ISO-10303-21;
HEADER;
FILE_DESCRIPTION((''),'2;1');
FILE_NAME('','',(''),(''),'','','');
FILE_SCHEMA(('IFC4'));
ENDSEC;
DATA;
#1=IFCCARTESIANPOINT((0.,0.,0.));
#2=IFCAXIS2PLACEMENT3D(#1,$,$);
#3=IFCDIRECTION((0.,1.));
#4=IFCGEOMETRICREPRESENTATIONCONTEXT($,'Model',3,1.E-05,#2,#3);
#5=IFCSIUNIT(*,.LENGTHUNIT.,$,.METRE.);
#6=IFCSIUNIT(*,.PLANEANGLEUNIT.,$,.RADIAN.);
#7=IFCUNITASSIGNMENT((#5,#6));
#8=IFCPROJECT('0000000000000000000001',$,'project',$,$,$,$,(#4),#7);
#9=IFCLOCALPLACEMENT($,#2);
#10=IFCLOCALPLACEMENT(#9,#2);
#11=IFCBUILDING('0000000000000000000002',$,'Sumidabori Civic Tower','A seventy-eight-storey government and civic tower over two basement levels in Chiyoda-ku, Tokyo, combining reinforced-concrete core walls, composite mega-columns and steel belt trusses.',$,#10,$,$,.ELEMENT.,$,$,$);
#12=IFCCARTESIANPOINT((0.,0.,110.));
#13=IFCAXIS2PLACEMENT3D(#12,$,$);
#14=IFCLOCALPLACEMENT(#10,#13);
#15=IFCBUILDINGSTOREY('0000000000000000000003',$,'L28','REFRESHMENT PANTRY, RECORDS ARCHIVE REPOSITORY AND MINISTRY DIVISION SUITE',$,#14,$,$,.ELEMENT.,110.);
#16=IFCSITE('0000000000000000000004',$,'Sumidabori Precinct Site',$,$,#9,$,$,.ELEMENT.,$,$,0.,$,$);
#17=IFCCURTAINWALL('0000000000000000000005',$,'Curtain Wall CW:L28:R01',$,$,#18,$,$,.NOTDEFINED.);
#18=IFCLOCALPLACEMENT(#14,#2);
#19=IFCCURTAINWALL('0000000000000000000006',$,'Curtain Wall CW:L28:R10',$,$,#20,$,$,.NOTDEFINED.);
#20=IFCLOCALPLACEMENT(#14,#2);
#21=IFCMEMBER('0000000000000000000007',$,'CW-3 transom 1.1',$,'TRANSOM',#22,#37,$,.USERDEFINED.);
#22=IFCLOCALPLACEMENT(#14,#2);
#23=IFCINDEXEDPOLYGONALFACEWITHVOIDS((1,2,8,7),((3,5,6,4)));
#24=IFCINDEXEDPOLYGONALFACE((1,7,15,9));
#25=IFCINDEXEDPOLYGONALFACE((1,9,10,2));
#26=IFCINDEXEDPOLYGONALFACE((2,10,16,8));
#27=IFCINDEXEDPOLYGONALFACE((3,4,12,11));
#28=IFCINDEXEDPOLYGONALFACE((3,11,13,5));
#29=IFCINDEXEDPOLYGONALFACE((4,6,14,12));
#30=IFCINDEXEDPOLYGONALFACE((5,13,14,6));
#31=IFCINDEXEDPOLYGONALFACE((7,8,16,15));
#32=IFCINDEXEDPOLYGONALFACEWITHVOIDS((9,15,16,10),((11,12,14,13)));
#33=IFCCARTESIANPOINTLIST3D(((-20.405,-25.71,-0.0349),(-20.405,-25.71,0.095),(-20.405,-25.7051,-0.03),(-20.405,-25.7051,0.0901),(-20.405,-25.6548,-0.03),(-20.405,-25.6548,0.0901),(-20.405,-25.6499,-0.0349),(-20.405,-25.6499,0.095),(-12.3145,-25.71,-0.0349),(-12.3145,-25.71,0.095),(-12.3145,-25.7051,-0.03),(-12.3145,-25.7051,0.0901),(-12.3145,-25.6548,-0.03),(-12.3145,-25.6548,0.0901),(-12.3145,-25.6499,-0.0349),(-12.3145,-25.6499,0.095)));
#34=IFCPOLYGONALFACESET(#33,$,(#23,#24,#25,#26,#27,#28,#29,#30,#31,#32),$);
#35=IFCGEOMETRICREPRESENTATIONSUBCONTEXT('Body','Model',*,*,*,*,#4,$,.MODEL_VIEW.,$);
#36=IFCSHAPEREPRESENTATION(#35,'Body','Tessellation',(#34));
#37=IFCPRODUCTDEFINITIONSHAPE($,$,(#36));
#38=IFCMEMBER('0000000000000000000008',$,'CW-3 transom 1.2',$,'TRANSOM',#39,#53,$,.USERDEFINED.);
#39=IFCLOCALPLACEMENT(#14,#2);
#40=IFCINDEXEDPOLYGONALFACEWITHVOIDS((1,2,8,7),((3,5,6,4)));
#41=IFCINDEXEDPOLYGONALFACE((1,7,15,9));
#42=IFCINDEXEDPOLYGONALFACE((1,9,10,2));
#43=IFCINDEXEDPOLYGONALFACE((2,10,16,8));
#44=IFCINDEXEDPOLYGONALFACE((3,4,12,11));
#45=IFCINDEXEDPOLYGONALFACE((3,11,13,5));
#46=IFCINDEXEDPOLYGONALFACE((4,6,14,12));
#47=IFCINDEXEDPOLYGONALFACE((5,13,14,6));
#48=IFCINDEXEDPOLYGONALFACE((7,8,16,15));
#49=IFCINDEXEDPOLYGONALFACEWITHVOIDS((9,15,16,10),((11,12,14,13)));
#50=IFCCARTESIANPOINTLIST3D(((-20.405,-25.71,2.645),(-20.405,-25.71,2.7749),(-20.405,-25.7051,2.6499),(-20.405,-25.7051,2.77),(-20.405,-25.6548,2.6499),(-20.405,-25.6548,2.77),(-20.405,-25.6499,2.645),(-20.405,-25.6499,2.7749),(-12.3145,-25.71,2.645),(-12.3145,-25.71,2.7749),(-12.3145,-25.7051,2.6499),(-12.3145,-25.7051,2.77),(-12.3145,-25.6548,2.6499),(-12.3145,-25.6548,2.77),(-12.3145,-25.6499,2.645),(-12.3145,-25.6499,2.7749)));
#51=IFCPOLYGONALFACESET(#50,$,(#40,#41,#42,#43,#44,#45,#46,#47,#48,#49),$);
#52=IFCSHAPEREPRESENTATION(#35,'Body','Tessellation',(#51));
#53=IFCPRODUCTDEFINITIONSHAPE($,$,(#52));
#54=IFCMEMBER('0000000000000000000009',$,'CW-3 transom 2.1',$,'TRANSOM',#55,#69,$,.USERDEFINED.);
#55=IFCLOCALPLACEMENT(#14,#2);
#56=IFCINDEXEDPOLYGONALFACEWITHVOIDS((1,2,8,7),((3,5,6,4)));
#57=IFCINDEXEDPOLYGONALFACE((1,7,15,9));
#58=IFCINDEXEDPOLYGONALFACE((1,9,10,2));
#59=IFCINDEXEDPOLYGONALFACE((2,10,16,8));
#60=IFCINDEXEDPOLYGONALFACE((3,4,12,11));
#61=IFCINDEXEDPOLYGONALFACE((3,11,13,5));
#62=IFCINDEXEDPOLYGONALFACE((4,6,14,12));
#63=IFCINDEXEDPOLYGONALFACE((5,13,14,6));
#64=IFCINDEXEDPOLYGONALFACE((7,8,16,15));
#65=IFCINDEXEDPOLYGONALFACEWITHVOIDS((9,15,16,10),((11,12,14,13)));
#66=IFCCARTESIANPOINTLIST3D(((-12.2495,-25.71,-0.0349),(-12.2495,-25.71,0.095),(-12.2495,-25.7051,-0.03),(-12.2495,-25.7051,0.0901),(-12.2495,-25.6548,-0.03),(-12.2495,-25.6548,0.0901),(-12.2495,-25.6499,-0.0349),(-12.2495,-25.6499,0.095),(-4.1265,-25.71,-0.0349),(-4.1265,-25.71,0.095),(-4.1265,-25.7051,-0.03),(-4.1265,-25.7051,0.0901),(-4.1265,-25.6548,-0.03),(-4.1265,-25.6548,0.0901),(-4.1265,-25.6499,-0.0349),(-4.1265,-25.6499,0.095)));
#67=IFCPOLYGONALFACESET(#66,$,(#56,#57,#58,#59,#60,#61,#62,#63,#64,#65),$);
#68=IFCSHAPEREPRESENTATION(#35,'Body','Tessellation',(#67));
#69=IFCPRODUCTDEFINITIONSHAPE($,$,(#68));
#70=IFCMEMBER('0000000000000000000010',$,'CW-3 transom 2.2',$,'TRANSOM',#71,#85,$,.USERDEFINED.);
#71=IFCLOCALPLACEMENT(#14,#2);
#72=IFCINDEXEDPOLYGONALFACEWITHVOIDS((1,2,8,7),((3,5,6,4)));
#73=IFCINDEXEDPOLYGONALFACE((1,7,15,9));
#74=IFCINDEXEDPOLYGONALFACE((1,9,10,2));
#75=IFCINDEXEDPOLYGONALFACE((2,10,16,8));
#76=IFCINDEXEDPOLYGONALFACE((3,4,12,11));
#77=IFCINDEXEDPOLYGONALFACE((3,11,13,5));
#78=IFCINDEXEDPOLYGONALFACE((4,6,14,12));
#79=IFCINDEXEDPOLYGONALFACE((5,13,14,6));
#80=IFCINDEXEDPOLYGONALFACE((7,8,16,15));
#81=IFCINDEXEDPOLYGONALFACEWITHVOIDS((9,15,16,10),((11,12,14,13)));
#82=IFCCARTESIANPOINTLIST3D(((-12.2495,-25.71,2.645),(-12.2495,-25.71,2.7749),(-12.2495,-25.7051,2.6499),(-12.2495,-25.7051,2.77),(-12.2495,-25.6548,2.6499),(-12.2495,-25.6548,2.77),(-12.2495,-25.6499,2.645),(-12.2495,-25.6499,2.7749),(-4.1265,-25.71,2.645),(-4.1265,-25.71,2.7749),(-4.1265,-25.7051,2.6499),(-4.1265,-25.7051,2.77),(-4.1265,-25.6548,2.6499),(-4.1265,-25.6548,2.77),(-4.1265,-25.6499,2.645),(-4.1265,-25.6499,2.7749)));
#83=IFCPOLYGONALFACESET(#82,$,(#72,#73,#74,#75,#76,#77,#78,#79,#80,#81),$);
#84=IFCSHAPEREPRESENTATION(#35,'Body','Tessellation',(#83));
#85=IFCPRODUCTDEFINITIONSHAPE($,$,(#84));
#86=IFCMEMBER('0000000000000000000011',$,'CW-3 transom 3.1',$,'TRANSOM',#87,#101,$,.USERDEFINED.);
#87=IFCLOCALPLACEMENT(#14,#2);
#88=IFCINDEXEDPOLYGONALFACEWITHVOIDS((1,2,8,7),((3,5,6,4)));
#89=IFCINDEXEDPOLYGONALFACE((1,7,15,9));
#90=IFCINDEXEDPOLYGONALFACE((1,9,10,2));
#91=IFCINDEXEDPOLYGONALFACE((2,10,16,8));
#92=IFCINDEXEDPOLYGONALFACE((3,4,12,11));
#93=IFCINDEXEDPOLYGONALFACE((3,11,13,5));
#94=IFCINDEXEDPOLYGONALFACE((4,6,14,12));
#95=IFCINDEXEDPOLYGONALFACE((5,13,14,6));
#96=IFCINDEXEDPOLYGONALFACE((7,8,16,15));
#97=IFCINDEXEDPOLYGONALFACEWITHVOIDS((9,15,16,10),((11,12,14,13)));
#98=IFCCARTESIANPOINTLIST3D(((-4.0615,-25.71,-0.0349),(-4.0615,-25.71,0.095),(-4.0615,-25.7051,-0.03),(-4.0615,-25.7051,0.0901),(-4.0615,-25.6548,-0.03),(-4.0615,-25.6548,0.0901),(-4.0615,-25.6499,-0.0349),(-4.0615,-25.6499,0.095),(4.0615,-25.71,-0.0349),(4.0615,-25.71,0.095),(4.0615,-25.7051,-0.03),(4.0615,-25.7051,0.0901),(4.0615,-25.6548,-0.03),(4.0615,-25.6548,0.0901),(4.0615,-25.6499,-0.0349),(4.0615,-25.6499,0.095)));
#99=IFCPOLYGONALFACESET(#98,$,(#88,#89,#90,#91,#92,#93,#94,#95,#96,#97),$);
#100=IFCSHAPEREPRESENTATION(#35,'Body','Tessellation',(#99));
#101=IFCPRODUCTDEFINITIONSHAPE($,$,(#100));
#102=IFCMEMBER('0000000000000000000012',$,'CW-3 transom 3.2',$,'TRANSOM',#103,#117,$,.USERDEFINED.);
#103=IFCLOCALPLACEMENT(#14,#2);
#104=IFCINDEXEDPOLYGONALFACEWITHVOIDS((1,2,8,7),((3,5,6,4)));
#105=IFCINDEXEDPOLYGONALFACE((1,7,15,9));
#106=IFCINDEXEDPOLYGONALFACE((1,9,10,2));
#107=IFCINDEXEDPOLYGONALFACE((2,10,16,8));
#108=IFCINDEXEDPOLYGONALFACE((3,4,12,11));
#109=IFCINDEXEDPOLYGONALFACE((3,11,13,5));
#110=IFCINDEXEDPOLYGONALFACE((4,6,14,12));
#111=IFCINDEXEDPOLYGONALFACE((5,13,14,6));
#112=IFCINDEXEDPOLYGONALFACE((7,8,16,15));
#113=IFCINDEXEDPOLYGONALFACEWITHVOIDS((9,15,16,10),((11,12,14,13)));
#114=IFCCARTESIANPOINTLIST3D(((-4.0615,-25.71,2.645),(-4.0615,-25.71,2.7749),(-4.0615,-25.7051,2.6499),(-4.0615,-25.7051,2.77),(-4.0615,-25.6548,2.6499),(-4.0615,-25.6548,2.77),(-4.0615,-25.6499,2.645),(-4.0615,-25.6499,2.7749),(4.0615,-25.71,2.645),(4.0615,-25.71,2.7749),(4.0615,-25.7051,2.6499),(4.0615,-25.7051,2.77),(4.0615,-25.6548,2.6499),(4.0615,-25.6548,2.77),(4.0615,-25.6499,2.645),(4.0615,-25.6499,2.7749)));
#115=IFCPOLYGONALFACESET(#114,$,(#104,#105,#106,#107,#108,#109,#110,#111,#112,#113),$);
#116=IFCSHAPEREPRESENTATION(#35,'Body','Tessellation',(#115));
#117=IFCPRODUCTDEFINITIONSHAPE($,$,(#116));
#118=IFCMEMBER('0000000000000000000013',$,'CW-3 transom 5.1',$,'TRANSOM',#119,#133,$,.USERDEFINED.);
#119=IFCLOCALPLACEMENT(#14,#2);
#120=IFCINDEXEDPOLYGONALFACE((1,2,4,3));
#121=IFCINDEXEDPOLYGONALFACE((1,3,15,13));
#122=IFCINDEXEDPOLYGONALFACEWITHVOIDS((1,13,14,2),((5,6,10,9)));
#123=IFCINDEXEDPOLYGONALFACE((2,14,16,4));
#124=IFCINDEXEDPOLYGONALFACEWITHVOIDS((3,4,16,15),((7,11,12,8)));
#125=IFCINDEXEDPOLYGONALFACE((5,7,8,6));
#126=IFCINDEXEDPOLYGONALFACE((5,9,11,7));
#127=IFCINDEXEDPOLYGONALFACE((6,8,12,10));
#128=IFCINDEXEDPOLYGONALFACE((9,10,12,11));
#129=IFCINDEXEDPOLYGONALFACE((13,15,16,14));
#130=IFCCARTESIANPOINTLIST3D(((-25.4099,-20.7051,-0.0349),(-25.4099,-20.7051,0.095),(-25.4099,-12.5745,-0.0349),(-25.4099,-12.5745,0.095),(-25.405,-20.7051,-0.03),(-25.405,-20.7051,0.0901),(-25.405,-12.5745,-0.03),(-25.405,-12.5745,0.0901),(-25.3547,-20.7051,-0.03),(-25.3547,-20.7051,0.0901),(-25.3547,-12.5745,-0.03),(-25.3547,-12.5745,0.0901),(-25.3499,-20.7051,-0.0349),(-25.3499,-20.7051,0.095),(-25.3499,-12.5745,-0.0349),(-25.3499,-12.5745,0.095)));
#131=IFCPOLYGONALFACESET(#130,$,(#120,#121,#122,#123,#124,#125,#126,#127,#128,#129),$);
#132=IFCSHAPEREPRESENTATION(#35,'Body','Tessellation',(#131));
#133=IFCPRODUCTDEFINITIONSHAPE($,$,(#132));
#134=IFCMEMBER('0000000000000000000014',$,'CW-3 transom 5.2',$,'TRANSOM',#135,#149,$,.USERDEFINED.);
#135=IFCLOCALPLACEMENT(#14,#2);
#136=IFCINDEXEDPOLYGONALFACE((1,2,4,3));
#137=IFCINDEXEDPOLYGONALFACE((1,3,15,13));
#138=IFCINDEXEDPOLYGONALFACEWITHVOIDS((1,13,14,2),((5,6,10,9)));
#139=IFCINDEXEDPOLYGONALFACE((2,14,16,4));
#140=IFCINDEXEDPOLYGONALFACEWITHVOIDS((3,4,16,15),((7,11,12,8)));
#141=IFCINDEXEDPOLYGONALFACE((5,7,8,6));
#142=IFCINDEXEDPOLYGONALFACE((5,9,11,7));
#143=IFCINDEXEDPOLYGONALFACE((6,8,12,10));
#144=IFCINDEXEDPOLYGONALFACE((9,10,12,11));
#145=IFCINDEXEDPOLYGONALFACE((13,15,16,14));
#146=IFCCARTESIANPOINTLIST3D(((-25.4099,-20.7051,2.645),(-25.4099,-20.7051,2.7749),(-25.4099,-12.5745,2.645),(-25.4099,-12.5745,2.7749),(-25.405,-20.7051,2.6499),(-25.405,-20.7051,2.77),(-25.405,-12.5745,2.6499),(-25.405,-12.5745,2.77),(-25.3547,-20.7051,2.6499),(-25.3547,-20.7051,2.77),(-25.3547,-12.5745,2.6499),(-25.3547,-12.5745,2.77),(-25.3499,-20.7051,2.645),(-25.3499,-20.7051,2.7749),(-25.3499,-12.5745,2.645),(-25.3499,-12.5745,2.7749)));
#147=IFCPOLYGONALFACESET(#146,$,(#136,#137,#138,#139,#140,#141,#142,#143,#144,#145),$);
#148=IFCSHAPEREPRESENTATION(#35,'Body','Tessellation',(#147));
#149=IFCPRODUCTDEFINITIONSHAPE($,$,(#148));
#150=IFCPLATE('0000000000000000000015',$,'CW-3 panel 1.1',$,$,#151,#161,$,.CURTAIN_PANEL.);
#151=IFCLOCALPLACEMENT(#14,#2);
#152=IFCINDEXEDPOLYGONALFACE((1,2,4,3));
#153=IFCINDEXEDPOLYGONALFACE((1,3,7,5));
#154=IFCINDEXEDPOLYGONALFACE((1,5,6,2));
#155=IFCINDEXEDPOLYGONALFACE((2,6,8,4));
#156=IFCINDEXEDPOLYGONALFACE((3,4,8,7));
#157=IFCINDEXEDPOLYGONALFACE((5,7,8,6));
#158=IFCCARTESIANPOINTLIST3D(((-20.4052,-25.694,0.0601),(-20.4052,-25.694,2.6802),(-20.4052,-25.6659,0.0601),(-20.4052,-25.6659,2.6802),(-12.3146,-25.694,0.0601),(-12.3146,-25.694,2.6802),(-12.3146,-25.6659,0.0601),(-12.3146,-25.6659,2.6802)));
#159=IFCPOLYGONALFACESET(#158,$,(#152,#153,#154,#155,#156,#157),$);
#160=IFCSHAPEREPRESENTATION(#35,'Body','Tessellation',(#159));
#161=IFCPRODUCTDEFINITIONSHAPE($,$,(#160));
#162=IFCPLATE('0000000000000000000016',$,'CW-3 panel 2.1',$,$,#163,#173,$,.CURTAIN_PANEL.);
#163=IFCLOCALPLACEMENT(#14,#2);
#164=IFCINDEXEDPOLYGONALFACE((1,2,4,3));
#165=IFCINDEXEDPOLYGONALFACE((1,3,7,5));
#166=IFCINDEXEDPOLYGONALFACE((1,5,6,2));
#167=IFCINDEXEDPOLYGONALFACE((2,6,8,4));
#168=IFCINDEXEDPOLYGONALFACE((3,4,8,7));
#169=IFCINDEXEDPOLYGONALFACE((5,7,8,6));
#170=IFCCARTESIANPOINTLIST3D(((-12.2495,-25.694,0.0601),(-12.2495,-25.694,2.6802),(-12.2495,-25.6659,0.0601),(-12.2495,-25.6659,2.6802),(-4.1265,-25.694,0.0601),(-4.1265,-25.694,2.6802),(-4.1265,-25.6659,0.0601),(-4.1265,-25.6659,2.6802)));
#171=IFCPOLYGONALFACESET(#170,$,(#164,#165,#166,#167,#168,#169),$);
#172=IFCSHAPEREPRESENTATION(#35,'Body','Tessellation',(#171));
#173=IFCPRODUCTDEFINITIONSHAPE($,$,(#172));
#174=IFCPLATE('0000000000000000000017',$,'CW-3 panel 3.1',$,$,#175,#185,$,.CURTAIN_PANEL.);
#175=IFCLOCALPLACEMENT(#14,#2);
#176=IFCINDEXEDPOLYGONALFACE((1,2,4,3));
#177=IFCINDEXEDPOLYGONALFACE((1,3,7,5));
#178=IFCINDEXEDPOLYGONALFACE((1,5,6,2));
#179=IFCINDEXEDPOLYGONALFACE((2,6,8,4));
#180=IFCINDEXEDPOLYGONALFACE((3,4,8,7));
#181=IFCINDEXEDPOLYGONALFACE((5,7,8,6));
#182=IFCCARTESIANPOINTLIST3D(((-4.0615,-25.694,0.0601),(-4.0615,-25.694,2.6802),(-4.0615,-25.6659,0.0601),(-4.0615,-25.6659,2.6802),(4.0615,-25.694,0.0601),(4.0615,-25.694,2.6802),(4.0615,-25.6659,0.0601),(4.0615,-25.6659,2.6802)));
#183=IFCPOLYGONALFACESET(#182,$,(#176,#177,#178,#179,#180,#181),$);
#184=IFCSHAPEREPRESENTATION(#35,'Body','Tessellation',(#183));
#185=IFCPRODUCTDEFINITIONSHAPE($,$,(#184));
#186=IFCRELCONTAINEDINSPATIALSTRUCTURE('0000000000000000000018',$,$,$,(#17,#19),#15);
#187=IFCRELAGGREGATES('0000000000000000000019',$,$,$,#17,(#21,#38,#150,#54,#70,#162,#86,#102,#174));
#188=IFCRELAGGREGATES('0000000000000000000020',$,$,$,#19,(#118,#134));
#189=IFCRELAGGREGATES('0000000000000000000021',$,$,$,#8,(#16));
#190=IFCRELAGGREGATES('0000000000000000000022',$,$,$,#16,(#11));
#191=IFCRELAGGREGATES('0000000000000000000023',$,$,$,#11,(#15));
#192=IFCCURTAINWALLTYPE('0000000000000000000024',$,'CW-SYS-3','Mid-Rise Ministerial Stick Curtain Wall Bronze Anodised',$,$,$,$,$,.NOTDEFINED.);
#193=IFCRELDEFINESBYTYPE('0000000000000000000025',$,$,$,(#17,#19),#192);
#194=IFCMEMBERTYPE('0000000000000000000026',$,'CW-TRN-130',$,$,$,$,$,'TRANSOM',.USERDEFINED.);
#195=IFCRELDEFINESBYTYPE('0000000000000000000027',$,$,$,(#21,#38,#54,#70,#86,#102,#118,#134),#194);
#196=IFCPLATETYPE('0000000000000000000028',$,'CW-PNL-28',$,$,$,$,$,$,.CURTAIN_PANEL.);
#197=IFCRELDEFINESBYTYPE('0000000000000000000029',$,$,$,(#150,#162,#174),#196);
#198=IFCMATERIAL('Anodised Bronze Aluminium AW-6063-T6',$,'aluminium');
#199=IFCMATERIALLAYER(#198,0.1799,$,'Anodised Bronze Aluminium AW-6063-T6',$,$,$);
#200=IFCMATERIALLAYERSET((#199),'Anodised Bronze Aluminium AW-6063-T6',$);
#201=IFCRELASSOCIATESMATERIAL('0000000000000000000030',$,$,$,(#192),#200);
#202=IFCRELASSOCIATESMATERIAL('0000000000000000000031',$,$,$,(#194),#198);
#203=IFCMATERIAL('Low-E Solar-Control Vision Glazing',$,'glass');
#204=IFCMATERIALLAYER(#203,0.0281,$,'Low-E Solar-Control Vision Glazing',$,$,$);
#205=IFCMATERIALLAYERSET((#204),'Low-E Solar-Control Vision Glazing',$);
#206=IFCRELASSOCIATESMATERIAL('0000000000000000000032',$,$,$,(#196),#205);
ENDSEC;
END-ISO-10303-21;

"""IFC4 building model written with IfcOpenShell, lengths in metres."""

from ifc_helpers import new_model, si_unit, direction, frame, origin, origin_2d, place, context, subcontext, project, spatial, rectangle, hollow_rectangle, extrude, source, transform, mapped, material, layer, layer_set, material_profile, profile_set, type_object, element, aggregate, save


model = new_model("IFC4")

# Units and contexts
model_context = context("Model", 3, precision=1e-05, world=origin(), true_north=direction((0.0, 1.0)))
body_context = subcontext(model_context, "Body", "Model", "MODEL_VIEW")
ifc_project = project(units=[si_unit("LENGTHUNIT", "METRE"), si_unit("PLANEANGLEUNIT", "RADIAN")], contexts=[model_context])

# Site, building, storey
site_placement = place(None, origin())
site = spatial("IfcSite", under=ifc_project, at=site_placement, Name="Sumidabori Precinct Site", CompositionType="ELEMENT", RefElevation=0.0)
building_placement = place(site_placement, origin())
building = spatial("IfcBuilding", under=site, at=building_placement, Name="Sumidabori Civic Tower", Description="A seventy-eight-storey government and civic tower over two basement levels in Chiyoda-ku, Tokyo, combining reinforced-concrete core walls, composite mega-columns and steel belt trusses.", CompositionType="ELEMENT")
storey_placement = place(building_placement, frame((0.0, 0.0, 110.0)))
storey = spatial("IfcBuildingStorey", under=building, at=storey_placement, Name="L28", Description="REFRESHMENT PANTRY, RECORDS ARCHIVE REPOSITORY AND MINISTRY DIVISION SUITE", CompositionType="ELEMENT", Elevation=110.0)

# Curtain walls
ifc_material_1 = material(Name="Anodised Bronze Aluminium AW-6063-T6", Category="aluminium")
ifc_layer_1 = layer(ifc_material_1, 0.1799, Name="Anodised Bronze Aluminium AW-6063-T6")
ifc_layer_set_1 = layer_set([ifc_layer_1], Name="Anodised Bronze Aluminium AW-6063-T6")
curtain_wall_type = type_object("IfcCurtainWallType", Name="CW-SYS-3", Description="Mid-Rise Ministerial Stick Curtain Wall Bronze Anodised", PredefinedType="NOTDEFINED", material=ifc_layer_set_1)
curtain_wall_1_placement = place(storey_placement, origin())
curtain_wall_1 = element("IfcCurtainWall", 1, at=curtain_wall_1_placement, inside=storey, type_object=curtain_wall_type, Name="Curtain Wall CW:L28:R01", PredefinedType="NOTDEFINED")
curtain_wall_2_placement = place(storey_placement, origin())
curtain_wall_2 = element("IfcCurtainWall", 2, at=curtain_wall_2_placement, inside=storey, type_object=curtain_wall_type, Name="Curtain Wall CW:L28:R10", PredefinedType="NOTDEFINED")

# Members
ifc_material_profile_1 = material_profile(ifc_material_1, hollow_rectangle(XDim=0.0601, YDim=0.1299, WallThickness=0.0049, at=origin_2d()), Name="ALU TRANSOM 130x60")
ifc_profile_set_1 = profile_set([ifc_material_profile_1], Name="Anodised Bronze Aluminium AW-6063-T6")
member_type_1 = type_object("IfcMemberType", Name="CW-TRN-130", ElementType="TRANSOM", PredefinedType="USERDEFINED", material=ifc_profile_set_1)
shared_shape_1 = source(origin(), body_context, "Body", "SweptSolid", [
    extrude(hollow_rectangle(XDim=0.0601, YDim=0.1299, WallThickness=0.0049, at=origin_2d()), origin(), (0.0, 0.0, 1.0), 8.0906),
])
member_1_placement = place(storey_placement, frame((-20.405, -25.6799, 0.03), z_axis=(1.0, 0.0, 0.0), x_axis=(0.0, 1.0, 0.0)))
member_1 = element("IfcMember", 3, at=member_1_placement, type_object=member_type_1, Name="CW-3 transom 1.1", ObjectType="TRANSOM", PredefinedType="USERDEFINED", context=body_context, shape_type="MappedRepresentation", body=[
    mapped(shared_shape_1, transform((0.0, 0.0, 0.0), x_axis=(1.0, 0.0, 0.0), y_axis=(0.0, 1.0, 0.0), z_axis=(0.0, 0.0, 1.0), scale=1.0)),
])
member_2_placement = place(storey_placement, frame((-20.405, -25.6799, 2.71), z_axis=(1.0, 0.0, 0.0), x_axis=(0.0, 1.0, 0.0)))
member_2 = element("IfcMember", 4, at=member_2_placement, type_object=member_type_1, Name="CW-3 transom 1.2", ObjectType="TRANSOM", PredefinedType="USERDEFINED", context=body_context, shape_type="MappedRepresentation", body=[
    mapped(shared_shape_1, transform((0.0, 0.0, 0.0), x_axis=(1.0, 0.0, 0.0), y_axis=(0.0, 1.0, 0.0), z_axis=(0.0, 0.0, 1.0), scale=1.0)),
])
shared_shape_2 = source(origin(), body_context, "Body", "SweptSolid", [
    extrude(hollow_rectangle(XDim=0.0601, YDim=0.1299, WallThickness=0.0049, at=origin_2d()), origin(), (0.0, 0.0, 1.0), 8.123),
])
member_3_placement = place(storey_placement, frame((-12.2495, -25.6799, 0.03), z_axis=(1.0, 0.0, 0.0), x_axis=(0.0, 1.0, 0.0)))
member_3 = element("IfcMember", 5, at=member_3_placement, type_object=member_type_1, Name="CW-3 transom 2.1", ObjectType="TRANSOM", PredefinedType="USERDEFINED", context=body_context, shape_type="MappedRepresentation", body=[
    mapped(shared_shape_2, transform((0.0, 0.0, 0.0), x_axis=(1.0, 0.0, 0.0), y_axis=(0.0, 1.0, 0.0), z_axis=(0.0, 0.0, 1.0), scale=1.0)),
])
member_4_placement = place(storey_placement, frame((-12.2495, -25.6799, 2.71), z_axis=(1.0, 0.0, 0.0), x_axis=(0.0, 1.0, 0.0)))
member_4 = element("IfcMember", 6, at=member_4_placement, type_object=member_type_1, Name="CW-3 transom 2.2", ObjectType="TRANSOM", PredefinedType="USERDEFINED", context=body_context, shape_type="MappedRepresentation", body=[
    mapped(shared_shape_2, transform((0.0, 0.0, 0.0), x_axis=(1.0, 0.0, 0.0), y_axis=(0.0, 1.0, 0.0), z_axis=(0.0, 0.0, 1.0), scale=1.0)),
])
member_5_placement = place(storey_placement, frame((-4.0615, -25.6799, 0.03), z_axis=(1.0, 0.0, 0.0), x_axis=(0.0, 1.0, 0.0)))
member_5 = element("IfcMember", 7, at=member_5_placement, type_object=member_type_1, Name="CW-3 transom 3.1", ObjectType="TRANSOM", PredefinedType="USERDEFINED", context=body_context, shape_type="MappedRepresentation", body=[
    mapped(shared_shape_2, transform((0.0, 0.0, 0.0), x_axis=(1.0, 0.0, 0.0), y_axis=(0.0, 1.0, 0.0), z_axis=(0.0, 0.0, 1.0), scale=1.0)),
])
member_6_placement = place(storey_placement, frame((-4.0615, -25.6799, 2.71), z_axis=(1.0, 0.0, 0.0), x_axis=(0.0, 1.0, 0.0)))
member_6 = element("IfcMember", 8, at=member_6_placement, type_object=member_type_1, Name="CW-3 transom 3.2", ObjectType="TRANSOM", PredefinedType="USERDEFINED", context=body_context, shape_type="MappedRepresentation", body=[
    mapped(shared_shape_2, transform((0.0, 0.0, 0.0), x_axis=(1.0, 0.0, 0.0), y_axis=(0.0, 1.0, 0.0), z_axis=(0.0, 0.0, 1.0), scale=1.0)),
])
shared_shape_3 = source(origin(), body_context, "Body", "SweptSolid", [
    extrude(hollow_rectangle(XDim=0.0601, YDim=0.1299, WallThickness=0.0049, at=origin_2d()), origin(), (0.0, 0.0, 1.0), 8.1306),
])
member_7_placement = place(storey_placement, frame((-25.3799, -12.5745, 0.03), z_axis=(0.0, -1.0, 0.0), x_axis=(1.0, 0.0, 0.0)))
member_7 = element("IfcMember", 9, at=member_7_placement, type_object=member_type_1, Name="CW-3 transom 5.1", ObjectType="TRANSOM", PredefinedType="USERDEFINED", context=body_context, shape_type="MappedRepresentation", body=[
    mapped(shared_shape_3, transform((0.0, 0.0, 0.0), x_axis=(1.0, 0.0, 0.0), y_axis=(0.0, 1.0, 0.0), z_axis=(0.0, 0.0, 1.0), scale=1.0)),
])
member_8_placement = place(storey_placement, frame((-25.3799, -12.5745, 2.71), z_axis=(0.0, -1.0, 0.0), x_axis=(1.0, 0.0, 0.0)))
member_8 = element("IfcMember", 10, at=member_8_placement, type_object=member_type_1, Name="CW-3 transom 5.2", ObjectType="TRANSOM", PredefinedType="USERDEFINED", context=body_context, shape_type="MappedRepresentation", body=[
    mapped(shared_shape_3, transform((0.0, 0.0, 0.0), x_axis=(1.0, 0.0, 0.0), y_axis=(0.0, 1.0, 0.0), z_axis=(0.0, 0.0, 1.0), scale=1.0)),
])

# Plates
ifc_material_2 = material(Name="Low-E Solar-Control Vision Glazing", Category="glass")
ifc_layer_2 = layer(ifc_material_2, 0.0281, Name="Low-E Solar-Control Vision Glazing")
ifc_layer_set_2 = layer_set([ifc_layer_2], Name="Low-E Solar-Control Vision Glazing")
plate_type = type_object("IfcPlateType", Name="CW-PNL-28", PredefinedType="CURTAIN_PANEL", material=ifc_layer_set_2)
shared_shape_4 = source(origin(), body_context, "Body", "SweptSolid", [
    extrude(rectangle(XDim=8.0906, YDim=0.0281, at=origin_2d()), origin(), (0.0, 0.0, 1.0), 2.6201),
])
plate_1_placement = place(storey_placement, frame((-16.3599, -25.6799, 0.0601), z_axis=(0.0, 0.0, 1.0), x_axis=(1.0, 0.0, 0.0)))
plate_1 = element("IfcPlate", 11, at=plate_1_placement, type_object=plate_type, Name="CW-3 panel 1.1", PredefinedType="CURTAIN_PANEL", context=body_context, shape_type="MappedRepresentation", body=[
    mapped(shared_shape_4, transform((0.0, 0.0, 0.0), x_axis=(1.0, 0.0, 0.0), y_axis=(0.0, 1.0, 0.0), z_axis=(0.0, 0.0, 1.0), scale=1.0)),
])
shared_shape_5 = source(origin(), body_context, "Body", "SweptSolid", [
    extrude(rectangle(XDim=8.123, YDim=0.0281, at=origin_2d()), origin(), (0.0, 0.0, 1.0), 2.6201),
])
plate_2_placement = place(storey_placement, frame((-8.188, -25.6799, 0.0601), z_axis=(0.0, 0.0, 1.0), x_axis=(1.0, 0.0, 0.0)))
plate_2 = element("IfcPlate", 12, at=plate_2_placement, type_object=plate_type, Name="CW-3 panel 2.1", PredefinedType="CURTAIN_PANEL", context=body_context, shape_type="MappedRepresentation", body=[
    mapped(shared_shape_5, transform((0.0, 0.0, 0.0), x_axis=(1.0, 0.0, 0.0), y_axis=(0.0, 1.0, 0.0), z_axis=(0.0, 0.0, 1.0), scale=1.0)),
])
plate_3_placement = place(storey_placement, frame((0.0, -25.6799, 0.0601), z_axis=(0.0, 0.0, 1.0), x_axis=(1.0, 0.0, 0.0)))
plate_3 = element("IfcPlate", 13, at=plate_3_placement, type_object=plate_type, Name="CW-3 panel 3.1", PredefinedType="CURTAIN_PANEL", context=body_context, shape_type="MappedRepresentation", body=[
    mapped(shared_shape_5, transform((0.0, 0.0, 0.0), x_axis=(1.0, 0.0, 0.0), y_axis=(0.0, 1.0, 0.0), z_axis=(0.0, 0.0, 1.0), scale=1.0)),
])
aggregate(curtain_wall_1, [member_1, member_2, plate_1, member_3, member_4, plate_2, member_5, member_6, plate_3])
aggregate(curtain_wall_2, [member_7, member_8])

save(model, "model.ifc")
